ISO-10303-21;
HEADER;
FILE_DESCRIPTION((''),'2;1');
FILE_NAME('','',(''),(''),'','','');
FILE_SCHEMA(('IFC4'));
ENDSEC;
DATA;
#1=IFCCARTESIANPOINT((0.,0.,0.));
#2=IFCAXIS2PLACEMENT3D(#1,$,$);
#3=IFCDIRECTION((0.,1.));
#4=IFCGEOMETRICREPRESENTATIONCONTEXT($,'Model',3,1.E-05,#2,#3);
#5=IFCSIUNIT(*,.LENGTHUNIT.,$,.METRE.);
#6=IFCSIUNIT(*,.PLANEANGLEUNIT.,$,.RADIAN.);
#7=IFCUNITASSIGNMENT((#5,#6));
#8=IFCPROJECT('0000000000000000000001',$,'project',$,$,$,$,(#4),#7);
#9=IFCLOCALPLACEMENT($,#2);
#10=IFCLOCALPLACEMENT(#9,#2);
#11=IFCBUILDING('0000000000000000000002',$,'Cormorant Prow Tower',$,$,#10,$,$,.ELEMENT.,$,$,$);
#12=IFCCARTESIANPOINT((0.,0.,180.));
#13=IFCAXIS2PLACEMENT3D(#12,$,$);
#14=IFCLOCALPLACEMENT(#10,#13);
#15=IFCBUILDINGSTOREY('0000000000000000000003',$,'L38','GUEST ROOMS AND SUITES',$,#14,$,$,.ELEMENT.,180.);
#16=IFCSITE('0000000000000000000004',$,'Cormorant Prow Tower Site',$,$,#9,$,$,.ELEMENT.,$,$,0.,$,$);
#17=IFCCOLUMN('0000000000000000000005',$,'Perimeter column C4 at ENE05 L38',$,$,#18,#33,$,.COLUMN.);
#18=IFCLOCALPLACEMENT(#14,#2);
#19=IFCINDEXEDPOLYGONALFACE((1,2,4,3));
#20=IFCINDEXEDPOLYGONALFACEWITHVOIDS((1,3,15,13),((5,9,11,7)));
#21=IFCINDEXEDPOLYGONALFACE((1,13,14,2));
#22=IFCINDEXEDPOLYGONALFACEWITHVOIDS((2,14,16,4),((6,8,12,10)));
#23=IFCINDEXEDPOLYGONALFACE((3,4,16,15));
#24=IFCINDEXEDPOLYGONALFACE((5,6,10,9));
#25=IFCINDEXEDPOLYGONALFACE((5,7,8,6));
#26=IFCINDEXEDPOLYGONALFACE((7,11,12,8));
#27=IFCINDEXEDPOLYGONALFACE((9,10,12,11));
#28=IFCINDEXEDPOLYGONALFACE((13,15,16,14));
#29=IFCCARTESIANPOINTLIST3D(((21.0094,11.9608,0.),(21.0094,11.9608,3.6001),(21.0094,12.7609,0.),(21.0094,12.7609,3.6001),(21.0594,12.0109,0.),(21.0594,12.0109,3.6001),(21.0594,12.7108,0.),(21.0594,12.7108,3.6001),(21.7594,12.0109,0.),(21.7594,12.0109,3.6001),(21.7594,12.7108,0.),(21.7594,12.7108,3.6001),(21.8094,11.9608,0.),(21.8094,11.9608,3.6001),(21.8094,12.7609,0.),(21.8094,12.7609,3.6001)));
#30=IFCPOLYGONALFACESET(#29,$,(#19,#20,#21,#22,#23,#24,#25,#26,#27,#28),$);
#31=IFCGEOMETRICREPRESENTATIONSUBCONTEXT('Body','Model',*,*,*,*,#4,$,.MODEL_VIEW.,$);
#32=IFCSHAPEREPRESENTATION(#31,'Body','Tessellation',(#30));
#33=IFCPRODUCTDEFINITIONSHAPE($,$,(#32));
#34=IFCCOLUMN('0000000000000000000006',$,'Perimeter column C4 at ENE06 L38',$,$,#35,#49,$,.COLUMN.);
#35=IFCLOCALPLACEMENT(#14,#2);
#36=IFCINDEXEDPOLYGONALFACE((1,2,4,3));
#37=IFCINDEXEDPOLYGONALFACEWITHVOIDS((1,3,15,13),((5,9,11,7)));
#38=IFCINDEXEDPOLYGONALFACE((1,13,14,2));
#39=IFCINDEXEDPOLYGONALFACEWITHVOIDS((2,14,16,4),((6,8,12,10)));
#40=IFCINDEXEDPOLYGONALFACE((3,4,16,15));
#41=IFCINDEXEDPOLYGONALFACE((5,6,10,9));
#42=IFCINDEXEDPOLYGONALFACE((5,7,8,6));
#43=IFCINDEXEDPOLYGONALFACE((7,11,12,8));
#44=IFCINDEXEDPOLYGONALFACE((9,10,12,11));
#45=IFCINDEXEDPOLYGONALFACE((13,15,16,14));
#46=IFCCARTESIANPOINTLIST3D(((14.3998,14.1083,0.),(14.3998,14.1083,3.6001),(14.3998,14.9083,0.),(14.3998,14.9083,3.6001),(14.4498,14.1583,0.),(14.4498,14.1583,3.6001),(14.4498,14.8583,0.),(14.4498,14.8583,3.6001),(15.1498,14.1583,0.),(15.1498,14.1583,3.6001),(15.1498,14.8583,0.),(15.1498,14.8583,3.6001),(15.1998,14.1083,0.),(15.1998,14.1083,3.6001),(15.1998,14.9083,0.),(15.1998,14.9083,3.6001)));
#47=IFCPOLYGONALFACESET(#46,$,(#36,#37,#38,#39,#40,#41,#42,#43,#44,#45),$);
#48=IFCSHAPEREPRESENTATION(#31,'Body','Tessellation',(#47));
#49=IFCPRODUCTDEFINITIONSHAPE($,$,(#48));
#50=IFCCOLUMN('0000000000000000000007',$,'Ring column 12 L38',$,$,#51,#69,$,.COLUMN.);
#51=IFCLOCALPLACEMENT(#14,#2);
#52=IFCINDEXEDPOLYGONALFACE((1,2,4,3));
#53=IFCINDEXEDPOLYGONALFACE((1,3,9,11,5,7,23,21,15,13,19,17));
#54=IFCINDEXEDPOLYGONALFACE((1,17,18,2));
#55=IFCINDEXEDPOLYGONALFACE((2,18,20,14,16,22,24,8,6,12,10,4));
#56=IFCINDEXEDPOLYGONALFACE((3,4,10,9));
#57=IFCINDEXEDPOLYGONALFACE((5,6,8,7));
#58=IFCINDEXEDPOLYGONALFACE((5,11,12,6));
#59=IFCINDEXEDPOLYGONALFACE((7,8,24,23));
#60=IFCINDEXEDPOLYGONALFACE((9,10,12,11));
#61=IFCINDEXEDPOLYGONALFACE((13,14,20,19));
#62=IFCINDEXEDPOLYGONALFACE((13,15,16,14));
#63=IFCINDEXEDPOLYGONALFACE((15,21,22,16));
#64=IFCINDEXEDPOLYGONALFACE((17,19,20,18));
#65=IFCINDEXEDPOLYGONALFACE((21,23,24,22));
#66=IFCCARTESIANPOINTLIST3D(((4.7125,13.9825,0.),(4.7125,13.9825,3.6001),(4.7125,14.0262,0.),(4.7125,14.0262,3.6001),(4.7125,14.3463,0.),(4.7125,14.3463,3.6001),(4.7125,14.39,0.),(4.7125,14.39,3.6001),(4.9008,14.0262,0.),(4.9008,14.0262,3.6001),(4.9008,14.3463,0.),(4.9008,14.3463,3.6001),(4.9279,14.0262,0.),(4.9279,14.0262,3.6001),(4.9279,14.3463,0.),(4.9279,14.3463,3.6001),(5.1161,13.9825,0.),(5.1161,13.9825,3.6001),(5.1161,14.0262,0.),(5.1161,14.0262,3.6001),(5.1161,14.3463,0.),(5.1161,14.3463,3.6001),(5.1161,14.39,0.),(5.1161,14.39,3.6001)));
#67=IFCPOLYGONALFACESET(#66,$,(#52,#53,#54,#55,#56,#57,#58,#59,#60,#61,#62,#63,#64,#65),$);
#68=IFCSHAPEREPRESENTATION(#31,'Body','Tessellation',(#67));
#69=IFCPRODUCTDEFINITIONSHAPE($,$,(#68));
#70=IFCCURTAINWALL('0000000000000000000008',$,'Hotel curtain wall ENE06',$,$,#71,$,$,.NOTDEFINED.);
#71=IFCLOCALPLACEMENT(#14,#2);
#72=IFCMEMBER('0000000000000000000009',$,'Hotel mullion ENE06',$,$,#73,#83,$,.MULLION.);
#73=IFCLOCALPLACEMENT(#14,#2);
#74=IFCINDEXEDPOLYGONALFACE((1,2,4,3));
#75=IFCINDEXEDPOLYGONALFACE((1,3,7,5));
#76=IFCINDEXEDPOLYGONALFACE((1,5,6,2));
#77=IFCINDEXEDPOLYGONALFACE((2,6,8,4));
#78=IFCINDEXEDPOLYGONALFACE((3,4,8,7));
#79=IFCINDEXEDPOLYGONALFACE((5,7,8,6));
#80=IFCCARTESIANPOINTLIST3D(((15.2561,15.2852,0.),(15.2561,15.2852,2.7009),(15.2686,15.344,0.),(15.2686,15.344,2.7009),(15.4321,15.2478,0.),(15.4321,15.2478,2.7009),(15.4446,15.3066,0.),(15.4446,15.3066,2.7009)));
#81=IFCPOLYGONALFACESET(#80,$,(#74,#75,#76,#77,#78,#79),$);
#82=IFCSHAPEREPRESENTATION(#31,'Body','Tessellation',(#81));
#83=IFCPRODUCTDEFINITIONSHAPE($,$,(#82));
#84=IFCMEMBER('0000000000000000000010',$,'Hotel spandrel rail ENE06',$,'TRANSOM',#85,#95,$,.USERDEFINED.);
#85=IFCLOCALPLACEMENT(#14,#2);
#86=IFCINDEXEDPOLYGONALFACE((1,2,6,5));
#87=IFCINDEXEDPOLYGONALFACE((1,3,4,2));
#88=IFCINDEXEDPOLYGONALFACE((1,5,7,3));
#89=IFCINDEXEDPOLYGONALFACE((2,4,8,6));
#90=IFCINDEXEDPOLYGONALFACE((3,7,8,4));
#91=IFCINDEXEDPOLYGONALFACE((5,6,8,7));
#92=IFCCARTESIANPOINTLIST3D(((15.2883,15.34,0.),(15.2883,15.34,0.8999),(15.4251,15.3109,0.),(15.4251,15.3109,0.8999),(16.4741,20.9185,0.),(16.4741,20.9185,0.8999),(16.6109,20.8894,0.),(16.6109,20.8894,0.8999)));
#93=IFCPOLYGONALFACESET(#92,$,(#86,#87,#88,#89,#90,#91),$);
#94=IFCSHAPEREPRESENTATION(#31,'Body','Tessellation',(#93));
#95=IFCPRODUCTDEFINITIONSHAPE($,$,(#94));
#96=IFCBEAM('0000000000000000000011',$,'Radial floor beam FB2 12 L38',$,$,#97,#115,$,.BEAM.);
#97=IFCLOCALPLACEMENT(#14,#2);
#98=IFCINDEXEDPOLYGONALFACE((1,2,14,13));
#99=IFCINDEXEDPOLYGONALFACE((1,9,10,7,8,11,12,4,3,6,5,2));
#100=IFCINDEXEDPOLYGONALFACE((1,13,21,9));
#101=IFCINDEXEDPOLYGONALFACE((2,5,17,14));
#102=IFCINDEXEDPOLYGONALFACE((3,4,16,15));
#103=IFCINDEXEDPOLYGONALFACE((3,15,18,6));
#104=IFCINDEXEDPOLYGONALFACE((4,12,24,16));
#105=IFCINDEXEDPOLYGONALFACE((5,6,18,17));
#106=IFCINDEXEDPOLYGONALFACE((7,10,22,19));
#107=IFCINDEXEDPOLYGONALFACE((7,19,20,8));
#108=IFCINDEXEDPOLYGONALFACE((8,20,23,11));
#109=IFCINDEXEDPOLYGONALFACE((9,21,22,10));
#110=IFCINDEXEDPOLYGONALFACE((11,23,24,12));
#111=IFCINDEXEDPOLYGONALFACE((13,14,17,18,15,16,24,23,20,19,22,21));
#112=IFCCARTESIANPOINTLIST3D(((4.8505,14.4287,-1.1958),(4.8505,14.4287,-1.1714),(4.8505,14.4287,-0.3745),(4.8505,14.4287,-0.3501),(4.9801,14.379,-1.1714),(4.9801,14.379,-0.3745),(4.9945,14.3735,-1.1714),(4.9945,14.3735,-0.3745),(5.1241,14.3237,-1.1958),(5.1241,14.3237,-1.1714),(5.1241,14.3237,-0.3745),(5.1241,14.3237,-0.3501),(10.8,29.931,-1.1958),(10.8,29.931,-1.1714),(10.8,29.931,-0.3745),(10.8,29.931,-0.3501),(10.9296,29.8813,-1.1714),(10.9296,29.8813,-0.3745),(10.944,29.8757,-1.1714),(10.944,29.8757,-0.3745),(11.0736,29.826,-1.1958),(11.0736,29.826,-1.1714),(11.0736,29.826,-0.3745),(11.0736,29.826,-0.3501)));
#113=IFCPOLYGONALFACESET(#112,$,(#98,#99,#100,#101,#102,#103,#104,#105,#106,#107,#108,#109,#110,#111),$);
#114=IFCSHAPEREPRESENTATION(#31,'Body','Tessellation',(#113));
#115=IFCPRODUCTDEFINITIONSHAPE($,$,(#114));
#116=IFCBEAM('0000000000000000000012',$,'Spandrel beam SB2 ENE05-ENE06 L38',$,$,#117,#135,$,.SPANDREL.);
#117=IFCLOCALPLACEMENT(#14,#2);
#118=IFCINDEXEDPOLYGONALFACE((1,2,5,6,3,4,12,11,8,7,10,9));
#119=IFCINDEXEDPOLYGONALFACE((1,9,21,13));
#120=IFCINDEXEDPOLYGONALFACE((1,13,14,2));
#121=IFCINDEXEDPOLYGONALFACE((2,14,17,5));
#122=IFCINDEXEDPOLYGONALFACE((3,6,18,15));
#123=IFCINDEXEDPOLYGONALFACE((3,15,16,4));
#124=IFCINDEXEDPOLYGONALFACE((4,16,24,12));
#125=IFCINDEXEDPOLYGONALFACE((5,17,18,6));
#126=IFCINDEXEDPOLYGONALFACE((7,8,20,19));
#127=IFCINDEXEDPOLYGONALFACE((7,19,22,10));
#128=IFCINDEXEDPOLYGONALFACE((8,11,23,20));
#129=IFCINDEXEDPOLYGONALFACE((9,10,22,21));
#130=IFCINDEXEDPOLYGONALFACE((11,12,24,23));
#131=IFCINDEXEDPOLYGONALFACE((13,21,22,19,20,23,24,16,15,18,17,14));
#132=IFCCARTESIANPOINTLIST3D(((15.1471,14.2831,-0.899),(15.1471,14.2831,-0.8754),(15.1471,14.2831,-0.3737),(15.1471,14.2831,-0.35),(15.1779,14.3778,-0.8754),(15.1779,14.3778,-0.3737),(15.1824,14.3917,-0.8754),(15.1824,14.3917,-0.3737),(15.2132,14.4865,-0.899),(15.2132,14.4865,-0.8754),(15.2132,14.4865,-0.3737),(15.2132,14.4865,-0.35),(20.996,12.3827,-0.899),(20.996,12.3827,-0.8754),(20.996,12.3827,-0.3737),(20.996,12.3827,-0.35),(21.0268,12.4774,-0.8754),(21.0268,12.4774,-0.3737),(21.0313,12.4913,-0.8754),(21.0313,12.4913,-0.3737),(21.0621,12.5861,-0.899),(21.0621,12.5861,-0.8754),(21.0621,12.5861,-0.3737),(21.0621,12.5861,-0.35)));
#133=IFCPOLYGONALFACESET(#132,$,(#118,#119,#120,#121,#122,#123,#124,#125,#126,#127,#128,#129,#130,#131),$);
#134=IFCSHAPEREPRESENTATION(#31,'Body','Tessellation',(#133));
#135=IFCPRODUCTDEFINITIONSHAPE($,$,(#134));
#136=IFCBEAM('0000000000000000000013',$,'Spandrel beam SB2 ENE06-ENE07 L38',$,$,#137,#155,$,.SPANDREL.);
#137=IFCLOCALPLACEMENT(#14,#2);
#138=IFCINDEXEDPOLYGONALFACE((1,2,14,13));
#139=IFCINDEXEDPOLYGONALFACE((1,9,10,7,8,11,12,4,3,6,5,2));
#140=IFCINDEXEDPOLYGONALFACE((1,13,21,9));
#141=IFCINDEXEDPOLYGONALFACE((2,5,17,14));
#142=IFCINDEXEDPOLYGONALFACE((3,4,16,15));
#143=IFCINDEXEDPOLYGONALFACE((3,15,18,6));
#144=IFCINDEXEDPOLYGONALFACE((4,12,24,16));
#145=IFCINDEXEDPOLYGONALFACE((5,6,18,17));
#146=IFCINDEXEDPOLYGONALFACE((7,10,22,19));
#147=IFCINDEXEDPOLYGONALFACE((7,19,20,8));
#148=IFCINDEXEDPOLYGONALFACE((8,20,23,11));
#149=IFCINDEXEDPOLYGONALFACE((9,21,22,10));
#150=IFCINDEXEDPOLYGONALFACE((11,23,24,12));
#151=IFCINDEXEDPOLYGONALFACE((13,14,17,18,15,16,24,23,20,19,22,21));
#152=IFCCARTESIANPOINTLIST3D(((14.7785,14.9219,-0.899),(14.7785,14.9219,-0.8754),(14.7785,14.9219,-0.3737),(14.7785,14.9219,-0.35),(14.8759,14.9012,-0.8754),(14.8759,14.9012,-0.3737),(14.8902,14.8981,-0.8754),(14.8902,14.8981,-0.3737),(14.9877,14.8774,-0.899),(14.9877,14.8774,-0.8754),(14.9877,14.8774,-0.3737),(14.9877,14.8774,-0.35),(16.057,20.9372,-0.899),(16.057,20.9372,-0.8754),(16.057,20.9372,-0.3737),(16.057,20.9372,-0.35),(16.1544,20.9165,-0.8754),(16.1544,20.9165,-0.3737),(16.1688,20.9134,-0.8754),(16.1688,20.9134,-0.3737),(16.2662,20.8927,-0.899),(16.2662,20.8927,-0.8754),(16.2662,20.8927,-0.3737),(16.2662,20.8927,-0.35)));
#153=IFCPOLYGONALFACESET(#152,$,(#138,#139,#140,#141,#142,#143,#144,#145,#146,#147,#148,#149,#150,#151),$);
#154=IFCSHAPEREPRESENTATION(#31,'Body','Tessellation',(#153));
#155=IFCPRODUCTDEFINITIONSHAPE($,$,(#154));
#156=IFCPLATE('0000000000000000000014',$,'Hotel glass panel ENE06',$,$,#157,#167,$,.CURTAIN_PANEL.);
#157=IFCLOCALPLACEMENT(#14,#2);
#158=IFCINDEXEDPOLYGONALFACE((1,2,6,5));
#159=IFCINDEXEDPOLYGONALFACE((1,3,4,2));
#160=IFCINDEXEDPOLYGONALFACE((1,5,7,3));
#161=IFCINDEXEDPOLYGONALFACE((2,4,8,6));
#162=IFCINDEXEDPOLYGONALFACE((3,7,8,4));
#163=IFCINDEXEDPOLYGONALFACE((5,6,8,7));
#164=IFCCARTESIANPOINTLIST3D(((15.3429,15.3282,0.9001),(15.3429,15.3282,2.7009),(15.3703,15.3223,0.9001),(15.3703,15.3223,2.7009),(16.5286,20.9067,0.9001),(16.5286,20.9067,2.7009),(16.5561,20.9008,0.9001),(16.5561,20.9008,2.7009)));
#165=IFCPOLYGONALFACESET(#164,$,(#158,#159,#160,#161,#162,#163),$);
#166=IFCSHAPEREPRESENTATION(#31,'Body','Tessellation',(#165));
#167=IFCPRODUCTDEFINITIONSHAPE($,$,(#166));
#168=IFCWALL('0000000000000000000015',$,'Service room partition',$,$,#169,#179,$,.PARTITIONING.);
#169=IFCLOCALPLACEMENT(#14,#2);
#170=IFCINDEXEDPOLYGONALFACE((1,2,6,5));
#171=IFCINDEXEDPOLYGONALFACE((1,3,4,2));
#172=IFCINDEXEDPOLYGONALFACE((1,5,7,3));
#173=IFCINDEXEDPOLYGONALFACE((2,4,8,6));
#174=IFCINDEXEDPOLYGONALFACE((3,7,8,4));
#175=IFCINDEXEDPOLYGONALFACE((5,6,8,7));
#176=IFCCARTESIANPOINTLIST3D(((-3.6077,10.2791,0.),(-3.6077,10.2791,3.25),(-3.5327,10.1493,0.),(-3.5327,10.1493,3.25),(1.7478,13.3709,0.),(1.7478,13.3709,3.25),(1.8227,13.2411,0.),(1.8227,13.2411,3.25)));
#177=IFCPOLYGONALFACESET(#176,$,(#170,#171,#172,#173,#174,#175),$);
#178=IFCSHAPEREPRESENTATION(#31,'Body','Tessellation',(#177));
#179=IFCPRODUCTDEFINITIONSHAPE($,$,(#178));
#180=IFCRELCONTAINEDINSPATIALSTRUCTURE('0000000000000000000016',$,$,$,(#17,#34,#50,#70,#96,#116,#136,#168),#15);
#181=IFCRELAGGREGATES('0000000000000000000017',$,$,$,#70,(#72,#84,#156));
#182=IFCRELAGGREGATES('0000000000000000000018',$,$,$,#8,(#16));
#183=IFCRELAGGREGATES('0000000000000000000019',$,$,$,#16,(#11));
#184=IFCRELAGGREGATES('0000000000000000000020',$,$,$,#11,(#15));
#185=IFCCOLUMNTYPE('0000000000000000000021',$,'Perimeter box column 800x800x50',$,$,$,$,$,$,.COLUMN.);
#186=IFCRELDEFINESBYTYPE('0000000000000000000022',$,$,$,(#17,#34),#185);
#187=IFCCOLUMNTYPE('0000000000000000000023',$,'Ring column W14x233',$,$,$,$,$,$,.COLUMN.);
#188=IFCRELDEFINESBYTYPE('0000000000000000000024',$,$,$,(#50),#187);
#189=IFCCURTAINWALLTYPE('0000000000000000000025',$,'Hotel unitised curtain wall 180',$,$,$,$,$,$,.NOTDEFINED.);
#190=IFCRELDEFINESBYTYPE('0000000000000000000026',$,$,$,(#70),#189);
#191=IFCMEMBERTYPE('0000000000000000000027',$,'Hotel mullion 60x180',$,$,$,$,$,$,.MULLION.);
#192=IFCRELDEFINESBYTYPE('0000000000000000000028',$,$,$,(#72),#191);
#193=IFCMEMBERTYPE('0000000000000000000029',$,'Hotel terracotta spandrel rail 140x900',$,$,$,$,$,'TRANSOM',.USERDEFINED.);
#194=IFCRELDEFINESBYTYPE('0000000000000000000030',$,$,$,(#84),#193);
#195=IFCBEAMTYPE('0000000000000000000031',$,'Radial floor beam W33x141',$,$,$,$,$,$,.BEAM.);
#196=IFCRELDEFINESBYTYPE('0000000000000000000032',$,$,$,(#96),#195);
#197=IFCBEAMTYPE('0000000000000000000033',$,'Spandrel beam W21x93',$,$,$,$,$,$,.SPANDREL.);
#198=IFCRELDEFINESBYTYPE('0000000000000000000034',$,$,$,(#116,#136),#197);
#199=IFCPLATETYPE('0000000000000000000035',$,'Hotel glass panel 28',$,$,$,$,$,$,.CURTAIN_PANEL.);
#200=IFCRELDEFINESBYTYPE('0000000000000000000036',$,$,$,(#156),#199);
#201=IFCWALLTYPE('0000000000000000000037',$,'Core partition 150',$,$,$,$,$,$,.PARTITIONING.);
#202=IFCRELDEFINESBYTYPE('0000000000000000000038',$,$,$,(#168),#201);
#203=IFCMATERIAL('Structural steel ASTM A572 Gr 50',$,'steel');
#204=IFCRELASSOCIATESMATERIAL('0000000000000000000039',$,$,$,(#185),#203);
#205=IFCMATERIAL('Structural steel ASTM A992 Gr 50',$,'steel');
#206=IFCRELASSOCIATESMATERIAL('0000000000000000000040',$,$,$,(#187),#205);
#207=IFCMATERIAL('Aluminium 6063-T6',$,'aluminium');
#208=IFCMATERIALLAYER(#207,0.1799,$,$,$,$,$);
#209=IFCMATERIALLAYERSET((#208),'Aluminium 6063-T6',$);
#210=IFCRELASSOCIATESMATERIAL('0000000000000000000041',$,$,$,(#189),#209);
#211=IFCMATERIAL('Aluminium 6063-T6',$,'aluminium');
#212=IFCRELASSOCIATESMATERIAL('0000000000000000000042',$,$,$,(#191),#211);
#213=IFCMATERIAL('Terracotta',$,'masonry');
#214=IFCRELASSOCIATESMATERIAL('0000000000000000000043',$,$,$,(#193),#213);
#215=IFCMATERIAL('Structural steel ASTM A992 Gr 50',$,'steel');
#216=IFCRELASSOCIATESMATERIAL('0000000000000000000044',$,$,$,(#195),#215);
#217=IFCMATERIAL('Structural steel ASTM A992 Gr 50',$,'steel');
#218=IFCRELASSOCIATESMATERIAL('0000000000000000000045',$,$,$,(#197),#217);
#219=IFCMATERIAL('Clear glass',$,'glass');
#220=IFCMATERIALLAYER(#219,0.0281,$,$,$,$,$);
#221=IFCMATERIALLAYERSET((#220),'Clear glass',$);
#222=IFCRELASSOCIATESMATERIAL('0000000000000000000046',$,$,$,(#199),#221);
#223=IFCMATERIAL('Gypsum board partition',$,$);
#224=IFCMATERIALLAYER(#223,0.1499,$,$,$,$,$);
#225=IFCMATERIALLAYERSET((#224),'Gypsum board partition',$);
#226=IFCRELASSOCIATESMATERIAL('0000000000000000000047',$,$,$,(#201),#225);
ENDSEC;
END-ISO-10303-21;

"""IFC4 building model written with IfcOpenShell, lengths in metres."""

from ifc_helpers import new_model, si_unit, direction, frame, frame_2d, origin, origin_2d, place, context, subcontext, project, spatial, rectangle, hollow_rectangle, i_section, extrude, material, layer, layer_set, material_profile, profile_set, type_object, element, aggregate, save


model = new_model("IFC4")

# Units and contexts
model_context = context("Model", 3, precision=1e-05, world=origin(), true_north=direction((0.0, 1.0)))
body_context = subcontext(model_context, "Body", "Model", "MODEL_VIEW")
ifc_project = project(units=[si_unit("LENGTHUNIT", "METRE"), si_unit("PLANEANGLEUNIT", "RADIAN")], contexts=[model_context])

# Site, building, storey
site_placement = place(None, origin())
site = spatial("IfcSite", under=ifc_project, at=site_placement, Name="Cormorant Prow Tower Site", CompositionType="ELEMENT", RefElevation=0.0)
building_placement = place(site_placement, origin())
building = spatial("IfcBuilding", under=site, at=building_placement, Name="Cormorant Prow Tower", CompositionType="ELEMENT")
storey_placement = place(building_placement, frame((0.0, 0.0, 180.0)))
storey = spatial("IfcBuildingStorey", under=building, at=storey_placement, Name="L38", Description="GUEST ROOMS AND SUITES", CompositionType="ELEMENT", Elevation=180.0)

# Columns
ifc_material_1 = material(Name="Structural steel ASTM A572 Gr 50", Category="steel")
ifc_material_profile_1 = material_profile(ifc_material_1, hollow_rectangle(XDim=0.8, YDim=0.8, WallThickness=0.05, at=origin_2d()), Name="Box 800x800x50")
ifc_profile_set_1 = profile_set([ifc_material_profile_1], Name="Structural steel ASTM A572 Gr 50")
column_type_1 = type_object("IfcColumnType", Name="Perimeter box column 800x800x50", PredefinedType="COLUMN", material=ifc_profile_set_1)
for number, where, z_axis, x_axis, name in (
    (1, (21.4094, 12.3608, 0.0), (0.0, 0.0, 1.0), (1.0, 0.0, 0.0), "Perimeter column C4 at ENE05 L38"),
    (2, (14.7998, 14.5083, 0.0), (0.0, 0.0, 1.0), (1.0, 0.0, 0.0), "Perimeter column C4 at ENE06 L38"),
):
    element("IfcColumn", number, at=place(storey_placement, frame(where, z_axis=z_axis, x_axis=x_axis)), inside=storey, type_object=column_type_1, Name=name, PredefinedType="COLUMN", context=body_context, shape_type="SweptSolid", body=[
        extrude(hollow_rectangle(XDim=0.8, YDim=0.8, WallThickness=0.05, at=origin_2d()), origin(), (0.0, 0.0, 1.0), 3.6001),
    ])
ifc_material_2 = material(Name="Structural steel ASTM A992 Gr 50", Category="steel")
ifc_material_profile_2 = material_profile(ifc_material_2, i_section(OverallWidth=0.4036, OverallDepth=0.4075, WebThickness=0.0271, FlangeThickness=0.0437, at=origin_2d()), Name="W14x233")
ifc_profile_set_2 = profile_set([ifc_material_profile_2], Name="Structural steel ASTM A992 Gr 50")
column_type_2 = type_object("IfcColumnType", Name="Ring column W14x233", PredefinedType="COLUMN", material=ifc_profile_set_2)
column_placement = place(storey_placement, frame((4.9143, 14.1863, 0.0), z_axis=(0.0, 0.0, 1.0), x_axis=(1.0, 0.0, 0.0)))
element("IfcColumn", 3, at=column_placement, inside=storey, type_object=column_type_2, Name="Ring column 12 L38", PredefinedType="COLUMN", context=body_context, shape_type="SweptSolid", body=[
    extrude(i_section(OverallWidth=0.4036, OverallDepth=0.4075, WebThickness=0.0271, FlangeThickness=0.0437, at=origin_2d()), origin(), (0.0, 0.0, 1.0), 3.6001),
])

# Curtain wall, members
ifc_material_3 = material(Name="Aluminium 6063-T6", Category="aluminium")
ifc_layer_1 = layer(ifc_material_3, 0.1799)
ifc_layer_set_1 = layer_set([ifc_layer_1], Name="Aluminium 6063-T6")
curtain_wall_type = type_object("IfcCurtainWallType", Name="Hotel unitised curtain wall 180", PredefinedType="NOTDEFINED", material=ifc_layer_set_1)
curtain_wall_placement = place(storey_placement, origin())
curtain_wall = element("IfcCurtainWall", 4, at=curtain_wall_placement, inside=storey, type_object=curtain_wall_type, Name="Hotel curtain wall ENE06", PredefinedType="NOTDEFINED")
ifc_material_4 = material(Name="Aluminium 6063-T6", Category="aluminium")
ifc_material_profile_3 = material_profile(ifc_material_4, rectangle(XDim=0.1799, YDim=0.0601, at=origin_2d()), Name="Hotel mullion 60x180")
ifc_profile_set_3 = profile_set([ifc_material_profile_3], Name="Aluminium 6063-T6")
member_type_1 = type_object("IfcMemberType", Name="Hotel mullion 60x180", PredefinedType="MULLION", material=ifc_profile_set_3)
member_1_placement = place(storey_placement, frame((15.3503, 15.2959, 0.0), z_axis=(0.0, 0.0, 1.0), x_axis=(-0.978148, 0.207912, 0.0)))
member_1 = element("IfcMember", 5, at=member_1_placement, type_object=member_type_1, Name="Hotel mullion ENE06", PredefinedType="MULLION", context=body_context, shape_type="SweptSolid", body=[
    extrude(rectangle(XDim=0.1799, YDim=0.0601, at=origin_2d()), origin(), (0.0, 0.0, 1.0), 2.7009),
])
ifc_material_5 = material(Name="Terracotta", Category="masonry")
ifc_material_profile_4 = material_profile(ifc_material_5, rectangle(XDim=0.1399, YDim=0.8999, at=origin_2d()), Name="Hotel terracotta spandrel rail 140x900")
ifc_profile_set_4 = profile_set([ifc_material_profile_4], Name="Terracotta")
member_type_2 = type_object("IfcMemberType", Name="Hotel terracotta spandrel rail 140x900", ElementType="TRANSOM", PredefinedType="USERDEFINED", material=ifc_profile_set_4)
member_2_placement = place(storey_placement, frame((15.3567, 15.3254, 0.45), z_axis=(0.207924, 0.978145, 0.0), x_axis=(-0.978145, 0.207924, 0.0)))
member_2 = element("IfcMember", 6, at=member_2_placement, type_object=member_type_2, Name="Hotel spandrel rail ENE06", ObjectType="TRANSOM", PredefinedType="USERDEFINED", context=body_context, shape_type="SweptSolid", body=[
    extrude(rectangle(XDim=0.1399, YDim=0.8999, at=origin_2d()), origin(), (0.0, 0.0, 1.0), 5.7031),
])

# Beams
ifc_material_6 = material(Name="Structural steel ASTM A992 Gr 50", Category="steel")
ifc_material_profile_5 = material_profile(ifc_material_6, i_section(OverallWidth=0.293, OverallDepth=0.8457, WebThickness=0.0154, FlangeThickness=0.0244, at=origin_2d()), Name="W33x141")
ifc_profile_set_5 = profile_set([ifc_material_profile_5], Name="Structural steel ASTM A992 Gr 50")
beam_type_1 = type_object("IfcBeamType", Name="Radial floor beam W33x141", PredefinedType="BEAM", material=ifc_profile_set_5)
beam_1_placement = place(storey_placement, frame((4.9873, 14.3762, -0.7729), z_axis=(0.358301, 0.933606, 0.0), x_axis=(-0.933606, 0.358301, 0.0)))
element("IfcBeam", 7, at=beam_1_placement, inside=storey, type_object=beam_type_1, Name="Radial floor beam FB2 12 L38", PredefinedType="BEAM", context=body_context, shape_type="SweptSolid", body=[
    extrude(i_section(OverallWidth=0.293, OverallDepth=0.8457, WebThickness=0.0154, FlangeThickness=0.0244, at=origin_2d()), origin(), (0.0, 0.0, 1.0), 16.6047),
])
ifc_material_7 = material(Name="Structural steel ASTM A992 Gr 50", Category="steel")
ifc_material_profile_6 = material_profile(ifc_material_7, i_section(OverallWidth=0.2139, OverallDepth=0.5491, WebThickness=0.0146, FlangeThickness=0.0237, at=origin_2d()), Name="W21x93")
ifc_profile_set_6 = profile_set([ifc_material_profile_6], Name="Structural steel ASTM A992 Gr 50")
beam_type_2 = type_object("IfcBeamType", Name="Spandrel beam W21x93", PredefinedType="SPANDREL", material=ifc_profile_set_6)
beam_2_placement = place(storey_placement, frame((21.0291, 12.4844, -0.6245), z_axis=(-0.951058, 0.309013, 0.0), x_axis=(-0.309013, -0.951058, 0.0)))
element("IfcBeam", 8, at=beam_2_placement, inside=storey, type_object=beam_type_2, Name="Spandrel beam SB2 ENE05-ENE06 L38", PredefinedType="SPANDREL", context=body_context, shape_type="SweptSolid", body=[
    extrude(i_section(OverallWidth=0.2139, OverallDepth=0.5491, WebThickness=0.0146, FlangeThickness=0.0237, at=origin_2d()), origin(), (0.0, 0.0, 1.0), 6.1499),
])
beam_3_placement = place(storey_placement, frame((14.8831, 14.8997, -0.6245), z_axis=(0.207905, 0.978149, 0.0), x_axis=(-0.978149, 0.207905, 0.0)))
element("IfcBeam", 9, at=beam_3_placement, inside=storey, type_object=beam_type_2, Name="Spandrel beam SB2 ENE06-ENE07 L38", PredefinedType="SPANDREL", context=body_context, shape_type="SweptSolid", body=[
    extrude(i_section(OverallWidth=0.2139, OverallDepth=0.5491, WebThickness=0.0146, FlangeThickness=0.0237, at=origin_2d()), origin(), (0.0, 0.0, 1.0), 6.1497),
])

# Plate
ifc_material_8 = material(Name="Clear glass", Category="glass")
ifc_layer_2 = layer(ifc_material_8, 0.0281)
ifc_layer_set_2 = layer_set([ifc_layer_2], Name="Clear glass")
plate_type = type_object("IfcPlateType", Name="Hotel glass panel 28", PredefinedType="CURTAIN_PANEL", material=ifc_layer_set_2)
plate_placement = place(storey_placement, frame((15.9495, 18.1145, 0.9001), z_axis=(0.0, 0.0, 1.0), x_axis=(0.207912, 0.978148, 0.0)))
plate = element("IfcPlate", 10, at=plate_placement, type_object=plate_type, Name="Hotel glass panel ENE06", PredefinedType="CURTAIN_PANEL", context=body_context, shape_type="SweptSolid", body=[
    extrude(rectangle(XDim=5.7031, YDim=0.0281, at=origin_2d()), origin(), (0.0, 0.0, 1.0), 1.8008),
])
aggregate(curtain_wall, [member_1, member_2, plate])

# Wall
ifc_material_9 = material(Name="Gypsum board partition")
ifc_layer_3 = layer(ifc_material_9, 0.1499)
ifc_layer_set_3 = layer_set([ifc_layer_3], Name="Gypsum board partition")
wall_type_1 = type_object("IfcWallType", Name="Core partition 150", PredefinedType="PARTITIONING", material=ifc_layer_set_3)
wall_1_placement = place(storey_placement, frame((1.7852, 13.3059, 0.0), z_axis=(0.0, 0.0, 1.0), x_axis=(-0.866038, -0.499978, 0.0)))
element("IfcWall", 11, at=wall_1_placement, inside=storey, type_object=wall_type_1, Name="Service room partition", PredefinedType="PARTITIONING", context=body_context, shape_type="SweptSolid", body=[
    extrude(rectangle(XDim=6.1838, YDim=0.1499, at=frame_2d((3.0918, 0.0))), origin(), (0.0, 0.0, 1.0), 3.25),
])

save(model, "model.ifc")
